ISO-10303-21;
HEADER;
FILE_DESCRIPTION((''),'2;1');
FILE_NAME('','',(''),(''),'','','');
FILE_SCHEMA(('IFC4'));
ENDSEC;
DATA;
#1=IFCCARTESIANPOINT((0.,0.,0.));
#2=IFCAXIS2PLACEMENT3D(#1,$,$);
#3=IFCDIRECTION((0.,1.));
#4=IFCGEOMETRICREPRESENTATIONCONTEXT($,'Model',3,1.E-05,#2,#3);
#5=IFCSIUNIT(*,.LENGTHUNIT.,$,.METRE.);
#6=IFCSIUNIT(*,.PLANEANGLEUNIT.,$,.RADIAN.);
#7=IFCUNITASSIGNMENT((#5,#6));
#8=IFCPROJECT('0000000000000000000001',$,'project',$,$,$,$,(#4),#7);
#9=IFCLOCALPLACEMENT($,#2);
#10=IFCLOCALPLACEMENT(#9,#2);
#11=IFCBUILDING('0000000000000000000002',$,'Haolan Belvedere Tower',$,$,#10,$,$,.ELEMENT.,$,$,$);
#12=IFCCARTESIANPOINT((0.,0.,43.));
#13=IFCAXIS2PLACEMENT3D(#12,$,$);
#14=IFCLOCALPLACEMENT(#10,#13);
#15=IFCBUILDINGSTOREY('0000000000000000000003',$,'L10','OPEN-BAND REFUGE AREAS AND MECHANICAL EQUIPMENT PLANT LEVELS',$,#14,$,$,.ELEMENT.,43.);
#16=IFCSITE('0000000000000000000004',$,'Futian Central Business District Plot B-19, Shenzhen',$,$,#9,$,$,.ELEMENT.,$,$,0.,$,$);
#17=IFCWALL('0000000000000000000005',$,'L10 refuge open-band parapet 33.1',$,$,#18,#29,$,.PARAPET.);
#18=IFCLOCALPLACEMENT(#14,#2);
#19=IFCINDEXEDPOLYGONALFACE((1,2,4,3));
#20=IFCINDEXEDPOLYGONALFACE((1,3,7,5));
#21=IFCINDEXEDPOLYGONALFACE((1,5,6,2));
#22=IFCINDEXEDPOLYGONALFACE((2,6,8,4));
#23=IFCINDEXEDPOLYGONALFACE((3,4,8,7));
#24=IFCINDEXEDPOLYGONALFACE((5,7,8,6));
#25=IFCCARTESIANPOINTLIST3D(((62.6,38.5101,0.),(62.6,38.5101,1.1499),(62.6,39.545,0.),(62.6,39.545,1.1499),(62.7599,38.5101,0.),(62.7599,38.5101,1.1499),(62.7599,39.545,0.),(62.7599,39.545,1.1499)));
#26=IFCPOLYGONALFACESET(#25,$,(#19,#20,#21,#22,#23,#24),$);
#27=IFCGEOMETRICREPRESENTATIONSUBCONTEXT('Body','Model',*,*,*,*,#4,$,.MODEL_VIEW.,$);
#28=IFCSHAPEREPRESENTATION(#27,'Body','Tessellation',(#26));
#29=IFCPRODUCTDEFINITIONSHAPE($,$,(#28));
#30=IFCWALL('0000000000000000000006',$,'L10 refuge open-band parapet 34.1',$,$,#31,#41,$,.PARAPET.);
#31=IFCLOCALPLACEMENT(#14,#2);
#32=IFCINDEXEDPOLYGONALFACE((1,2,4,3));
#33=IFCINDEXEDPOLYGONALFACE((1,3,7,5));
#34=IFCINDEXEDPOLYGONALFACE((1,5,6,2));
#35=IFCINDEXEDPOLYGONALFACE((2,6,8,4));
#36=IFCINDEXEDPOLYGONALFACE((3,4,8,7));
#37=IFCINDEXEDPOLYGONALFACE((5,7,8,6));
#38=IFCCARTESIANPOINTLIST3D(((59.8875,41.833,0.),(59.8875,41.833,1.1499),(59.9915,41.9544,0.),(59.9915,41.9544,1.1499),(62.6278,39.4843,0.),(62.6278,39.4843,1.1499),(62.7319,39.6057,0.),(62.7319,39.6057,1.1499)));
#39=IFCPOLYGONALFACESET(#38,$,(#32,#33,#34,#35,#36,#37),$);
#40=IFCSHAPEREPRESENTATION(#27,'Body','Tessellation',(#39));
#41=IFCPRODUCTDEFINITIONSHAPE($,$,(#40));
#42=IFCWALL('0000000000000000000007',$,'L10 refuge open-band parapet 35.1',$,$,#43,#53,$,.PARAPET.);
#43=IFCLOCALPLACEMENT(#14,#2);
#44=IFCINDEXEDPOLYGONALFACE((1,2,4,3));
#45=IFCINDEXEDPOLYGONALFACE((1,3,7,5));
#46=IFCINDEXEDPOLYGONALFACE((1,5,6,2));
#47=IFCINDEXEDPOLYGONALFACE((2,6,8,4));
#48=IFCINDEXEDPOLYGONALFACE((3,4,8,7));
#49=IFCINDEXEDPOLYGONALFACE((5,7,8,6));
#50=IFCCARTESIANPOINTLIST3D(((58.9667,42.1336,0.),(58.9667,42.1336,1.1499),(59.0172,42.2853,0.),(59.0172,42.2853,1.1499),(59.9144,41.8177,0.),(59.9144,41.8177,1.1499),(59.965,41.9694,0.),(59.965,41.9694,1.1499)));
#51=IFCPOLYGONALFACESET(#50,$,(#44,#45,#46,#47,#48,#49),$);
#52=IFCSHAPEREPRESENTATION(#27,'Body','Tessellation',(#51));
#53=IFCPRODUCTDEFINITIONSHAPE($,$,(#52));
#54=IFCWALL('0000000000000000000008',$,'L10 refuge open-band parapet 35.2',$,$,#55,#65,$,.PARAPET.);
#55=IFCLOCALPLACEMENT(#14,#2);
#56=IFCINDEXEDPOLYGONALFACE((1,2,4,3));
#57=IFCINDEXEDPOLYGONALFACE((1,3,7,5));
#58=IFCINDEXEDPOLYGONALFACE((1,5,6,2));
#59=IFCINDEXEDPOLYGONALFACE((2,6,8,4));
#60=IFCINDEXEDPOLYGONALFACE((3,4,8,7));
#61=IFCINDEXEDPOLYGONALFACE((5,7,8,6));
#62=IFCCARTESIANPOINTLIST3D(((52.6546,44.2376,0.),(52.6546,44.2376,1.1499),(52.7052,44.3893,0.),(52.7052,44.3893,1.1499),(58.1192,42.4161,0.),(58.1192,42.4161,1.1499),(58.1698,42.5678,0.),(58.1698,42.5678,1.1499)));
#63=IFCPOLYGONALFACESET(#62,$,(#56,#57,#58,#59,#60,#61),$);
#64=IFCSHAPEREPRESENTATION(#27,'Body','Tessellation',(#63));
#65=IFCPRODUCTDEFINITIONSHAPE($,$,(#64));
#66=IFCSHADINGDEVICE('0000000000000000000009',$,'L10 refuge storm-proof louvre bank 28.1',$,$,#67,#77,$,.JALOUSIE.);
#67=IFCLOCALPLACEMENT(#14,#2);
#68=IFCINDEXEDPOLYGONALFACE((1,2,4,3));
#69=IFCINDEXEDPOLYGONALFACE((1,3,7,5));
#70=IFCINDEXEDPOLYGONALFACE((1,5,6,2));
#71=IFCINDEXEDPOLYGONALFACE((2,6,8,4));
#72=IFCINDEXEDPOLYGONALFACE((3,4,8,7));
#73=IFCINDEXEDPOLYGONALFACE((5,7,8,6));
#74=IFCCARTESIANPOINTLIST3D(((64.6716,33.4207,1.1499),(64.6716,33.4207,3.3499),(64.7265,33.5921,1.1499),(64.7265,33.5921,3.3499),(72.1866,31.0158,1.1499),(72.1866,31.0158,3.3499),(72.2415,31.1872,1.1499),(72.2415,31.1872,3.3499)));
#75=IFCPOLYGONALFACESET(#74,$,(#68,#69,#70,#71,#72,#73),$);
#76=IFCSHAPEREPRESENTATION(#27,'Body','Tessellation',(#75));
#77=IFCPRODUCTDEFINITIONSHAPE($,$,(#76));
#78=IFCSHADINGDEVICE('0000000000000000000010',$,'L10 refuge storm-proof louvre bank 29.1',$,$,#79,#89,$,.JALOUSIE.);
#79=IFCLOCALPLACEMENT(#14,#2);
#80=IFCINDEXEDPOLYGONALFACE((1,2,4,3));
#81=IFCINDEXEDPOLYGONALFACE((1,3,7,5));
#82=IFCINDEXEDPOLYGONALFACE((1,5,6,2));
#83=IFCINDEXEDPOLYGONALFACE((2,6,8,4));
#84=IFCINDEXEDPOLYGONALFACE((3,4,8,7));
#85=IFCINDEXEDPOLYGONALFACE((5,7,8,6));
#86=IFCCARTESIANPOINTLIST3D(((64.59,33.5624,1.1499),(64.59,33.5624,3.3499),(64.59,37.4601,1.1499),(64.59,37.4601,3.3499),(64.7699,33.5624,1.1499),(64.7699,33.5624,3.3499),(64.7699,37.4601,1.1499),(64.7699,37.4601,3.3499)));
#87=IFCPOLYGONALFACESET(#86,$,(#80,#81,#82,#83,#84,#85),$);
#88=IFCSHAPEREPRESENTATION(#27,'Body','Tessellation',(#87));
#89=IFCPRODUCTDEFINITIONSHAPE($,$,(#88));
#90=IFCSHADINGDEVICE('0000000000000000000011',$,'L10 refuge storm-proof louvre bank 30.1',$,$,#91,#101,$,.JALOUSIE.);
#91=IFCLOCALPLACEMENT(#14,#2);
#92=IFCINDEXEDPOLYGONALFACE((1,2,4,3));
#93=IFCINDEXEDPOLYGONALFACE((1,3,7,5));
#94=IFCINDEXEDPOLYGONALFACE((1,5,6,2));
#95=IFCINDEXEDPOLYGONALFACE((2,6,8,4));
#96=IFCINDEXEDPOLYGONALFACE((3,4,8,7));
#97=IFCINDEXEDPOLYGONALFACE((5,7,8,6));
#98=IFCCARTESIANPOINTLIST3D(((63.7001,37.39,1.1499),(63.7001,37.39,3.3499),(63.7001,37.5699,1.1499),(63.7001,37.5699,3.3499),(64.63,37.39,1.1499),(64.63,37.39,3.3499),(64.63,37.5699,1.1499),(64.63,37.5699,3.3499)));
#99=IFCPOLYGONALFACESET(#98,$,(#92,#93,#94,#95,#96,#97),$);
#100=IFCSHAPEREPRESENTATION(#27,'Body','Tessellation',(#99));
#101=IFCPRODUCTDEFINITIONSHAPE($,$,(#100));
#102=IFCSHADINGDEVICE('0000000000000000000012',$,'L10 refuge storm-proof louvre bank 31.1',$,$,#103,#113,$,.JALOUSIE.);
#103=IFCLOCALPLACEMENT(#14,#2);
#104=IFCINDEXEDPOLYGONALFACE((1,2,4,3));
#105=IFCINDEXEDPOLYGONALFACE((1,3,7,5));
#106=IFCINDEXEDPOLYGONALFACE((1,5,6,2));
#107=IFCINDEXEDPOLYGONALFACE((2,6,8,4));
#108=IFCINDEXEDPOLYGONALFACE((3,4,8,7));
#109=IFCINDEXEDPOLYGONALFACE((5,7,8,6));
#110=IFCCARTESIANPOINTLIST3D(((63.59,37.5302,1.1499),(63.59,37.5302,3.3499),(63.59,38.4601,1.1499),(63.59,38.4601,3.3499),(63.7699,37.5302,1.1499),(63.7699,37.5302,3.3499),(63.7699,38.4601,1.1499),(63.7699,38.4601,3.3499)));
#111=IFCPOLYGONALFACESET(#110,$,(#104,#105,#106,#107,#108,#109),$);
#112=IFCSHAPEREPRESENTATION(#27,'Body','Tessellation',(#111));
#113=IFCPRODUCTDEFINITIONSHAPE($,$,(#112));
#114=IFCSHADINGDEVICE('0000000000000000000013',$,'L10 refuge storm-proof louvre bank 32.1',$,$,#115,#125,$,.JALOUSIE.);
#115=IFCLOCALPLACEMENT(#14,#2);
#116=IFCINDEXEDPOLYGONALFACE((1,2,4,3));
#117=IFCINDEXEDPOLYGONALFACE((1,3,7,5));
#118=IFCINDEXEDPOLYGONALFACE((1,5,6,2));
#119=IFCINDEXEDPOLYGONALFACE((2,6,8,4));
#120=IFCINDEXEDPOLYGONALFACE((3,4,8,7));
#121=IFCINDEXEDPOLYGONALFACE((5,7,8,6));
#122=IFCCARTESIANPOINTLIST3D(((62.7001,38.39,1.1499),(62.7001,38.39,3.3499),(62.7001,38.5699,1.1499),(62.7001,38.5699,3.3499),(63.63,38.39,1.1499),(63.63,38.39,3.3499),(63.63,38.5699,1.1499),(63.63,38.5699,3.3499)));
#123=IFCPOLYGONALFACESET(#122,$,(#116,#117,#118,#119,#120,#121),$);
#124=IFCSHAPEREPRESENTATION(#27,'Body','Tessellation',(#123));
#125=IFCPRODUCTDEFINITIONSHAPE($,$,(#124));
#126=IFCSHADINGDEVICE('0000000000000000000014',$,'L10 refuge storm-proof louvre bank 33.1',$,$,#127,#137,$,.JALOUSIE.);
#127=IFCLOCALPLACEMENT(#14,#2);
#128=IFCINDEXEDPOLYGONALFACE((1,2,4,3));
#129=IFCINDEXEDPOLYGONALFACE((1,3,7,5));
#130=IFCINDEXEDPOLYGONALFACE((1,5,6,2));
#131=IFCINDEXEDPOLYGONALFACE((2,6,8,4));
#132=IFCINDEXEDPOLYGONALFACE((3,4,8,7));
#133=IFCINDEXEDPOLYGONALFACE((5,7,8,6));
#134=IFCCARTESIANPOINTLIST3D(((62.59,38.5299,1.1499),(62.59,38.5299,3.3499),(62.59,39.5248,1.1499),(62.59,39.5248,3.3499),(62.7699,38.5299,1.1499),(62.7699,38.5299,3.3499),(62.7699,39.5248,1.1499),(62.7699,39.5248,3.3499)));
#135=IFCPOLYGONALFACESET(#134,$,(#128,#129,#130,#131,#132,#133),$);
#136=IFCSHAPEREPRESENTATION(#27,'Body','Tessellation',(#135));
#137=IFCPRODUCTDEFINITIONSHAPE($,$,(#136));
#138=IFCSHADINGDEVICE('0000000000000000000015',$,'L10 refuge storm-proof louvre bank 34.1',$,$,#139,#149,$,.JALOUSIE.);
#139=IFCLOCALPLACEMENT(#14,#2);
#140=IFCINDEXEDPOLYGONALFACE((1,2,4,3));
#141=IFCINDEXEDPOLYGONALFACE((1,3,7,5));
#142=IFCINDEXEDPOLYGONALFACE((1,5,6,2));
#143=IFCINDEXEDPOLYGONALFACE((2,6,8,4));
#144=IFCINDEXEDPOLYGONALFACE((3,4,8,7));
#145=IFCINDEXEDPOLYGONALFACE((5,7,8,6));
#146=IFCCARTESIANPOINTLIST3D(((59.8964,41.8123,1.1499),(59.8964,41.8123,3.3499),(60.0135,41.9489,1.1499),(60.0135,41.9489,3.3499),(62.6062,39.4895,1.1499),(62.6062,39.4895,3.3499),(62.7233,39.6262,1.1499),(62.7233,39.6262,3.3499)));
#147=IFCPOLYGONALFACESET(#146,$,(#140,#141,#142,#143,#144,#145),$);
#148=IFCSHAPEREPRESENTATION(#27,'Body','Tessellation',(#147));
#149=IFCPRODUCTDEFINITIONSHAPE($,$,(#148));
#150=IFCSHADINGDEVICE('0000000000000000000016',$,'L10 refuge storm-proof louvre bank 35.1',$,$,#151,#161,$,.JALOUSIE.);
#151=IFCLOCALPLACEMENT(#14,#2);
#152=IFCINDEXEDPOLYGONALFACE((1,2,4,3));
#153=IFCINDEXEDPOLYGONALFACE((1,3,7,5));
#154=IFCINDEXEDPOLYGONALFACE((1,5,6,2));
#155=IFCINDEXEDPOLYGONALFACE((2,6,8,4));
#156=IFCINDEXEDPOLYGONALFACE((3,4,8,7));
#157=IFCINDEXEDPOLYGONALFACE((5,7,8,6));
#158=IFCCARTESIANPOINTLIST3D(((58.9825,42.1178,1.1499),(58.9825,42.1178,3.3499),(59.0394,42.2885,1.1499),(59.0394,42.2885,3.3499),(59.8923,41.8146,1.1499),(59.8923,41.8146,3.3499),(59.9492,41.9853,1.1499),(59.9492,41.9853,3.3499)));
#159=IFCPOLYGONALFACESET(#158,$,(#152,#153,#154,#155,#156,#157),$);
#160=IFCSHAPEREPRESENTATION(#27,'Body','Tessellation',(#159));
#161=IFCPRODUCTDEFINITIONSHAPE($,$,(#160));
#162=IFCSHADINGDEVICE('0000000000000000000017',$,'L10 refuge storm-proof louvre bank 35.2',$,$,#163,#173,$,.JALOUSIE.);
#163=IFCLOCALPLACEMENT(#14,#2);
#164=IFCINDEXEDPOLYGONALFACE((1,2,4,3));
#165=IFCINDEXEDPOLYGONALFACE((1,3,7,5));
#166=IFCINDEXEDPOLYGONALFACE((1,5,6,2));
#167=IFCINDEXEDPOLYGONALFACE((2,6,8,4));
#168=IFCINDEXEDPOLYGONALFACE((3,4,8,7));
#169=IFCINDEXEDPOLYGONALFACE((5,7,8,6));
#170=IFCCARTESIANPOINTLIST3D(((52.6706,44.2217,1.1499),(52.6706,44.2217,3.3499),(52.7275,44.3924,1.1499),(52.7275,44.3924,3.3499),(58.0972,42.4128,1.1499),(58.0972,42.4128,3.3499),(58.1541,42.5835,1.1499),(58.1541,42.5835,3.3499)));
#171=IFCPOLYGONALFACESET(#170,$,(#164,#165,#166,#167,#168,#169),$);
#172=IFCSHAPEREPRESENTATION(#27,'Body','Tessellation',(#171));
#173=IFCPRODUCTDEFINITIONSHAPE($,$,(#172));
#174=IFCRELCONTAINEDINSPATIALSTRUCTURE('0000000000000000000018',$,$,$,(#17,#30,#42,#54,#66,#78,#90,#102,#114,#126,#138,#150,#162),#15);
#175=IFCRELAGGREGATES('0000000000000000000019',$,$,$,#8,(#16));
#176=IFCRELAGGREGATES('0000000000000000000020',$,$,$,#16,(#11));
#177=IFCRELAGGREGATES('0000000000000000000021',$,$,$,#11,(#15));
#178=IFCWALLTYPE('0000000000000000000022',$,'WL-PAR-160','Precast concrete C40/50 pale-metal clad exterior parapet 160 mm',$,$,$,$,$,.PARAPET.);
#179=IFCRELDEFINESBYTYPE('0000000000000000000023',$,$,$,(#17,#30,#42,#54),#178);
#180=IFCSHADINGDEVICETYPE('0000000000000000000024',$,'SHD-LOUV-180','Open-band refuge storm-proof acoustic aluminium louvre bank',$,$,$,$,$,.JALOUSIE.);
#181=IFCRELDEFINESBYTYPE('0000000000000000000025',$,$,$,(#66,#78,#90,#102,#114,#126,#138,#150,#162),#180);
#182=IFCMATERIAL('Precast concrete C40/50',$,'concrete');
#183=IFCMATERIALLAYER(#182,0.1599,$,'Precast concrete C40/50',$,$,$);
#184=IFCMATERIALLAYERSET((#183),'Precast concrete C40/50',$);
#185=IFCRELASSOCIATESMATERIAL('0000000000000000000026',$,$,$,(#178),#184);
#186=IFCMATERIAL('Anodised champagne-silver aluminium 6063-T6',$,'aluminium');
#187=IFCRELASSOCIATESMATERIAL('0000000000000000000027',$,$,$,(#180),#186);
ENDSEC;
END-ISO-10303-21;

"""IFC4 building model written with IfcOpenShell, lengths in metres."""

from ifc_helpers import new_model, si_unit, direction, frame, frame_2d, origin, origin_2d, place, context, subcontext, project, spatial, rectangle, extrude, material, layer, layer_set, type_object, element, save


model = new_model("IFC4")

# Units and contexts
model_context = context("Model", 3, precision=1e-05, world=origin(), true_north=direction((0.0, 1.0)))
body_context = subcontext(model_context, "Body", "Model", "MODEL_VIEW")
ifc_project = project(units=[si_unit("LENGTHUNIT", "METRE"), si_unit("PLANEANGLEUNIT", "RADIAN")], contexts=[model_context])

# Site, building, storey
site_placement = place(None, origin())
site = spatial("IfcSite", under=ifc_project, at=site_placement, Name="Futian Central Business District Plot B-19, Shenzhen", CompositionType="ELEMENT", RefElevation=0.0)
building_placement = place(site_placement, origin())
building = spatial("IfcBuilding", under=site, at=building_placement, Name="Haolan Belvedere Tower", CompositionType="ELEMENT")
storey_placement = place(building_placement, frame((0.0, 0.0, 43.0)))
storey = spatial("IfcBuildingStorey", under=building, at=storey_placement, Name="L10", Description="OPEN-BAND REFUGE AREAS AND MECHANICAL EQUIPMENT PLANT LEVELS", CompositionType="ELEMENT", Elevation=43.0)

# Walls
ifc_material_1 = material(Name="Precast concrete C40/50", Category="concrete")
ifc_layer_1 = layer(ifc_material_1, 0.1599, Name="Precast concrete C40/50")
ifc_layer_set_1 = layer_set([ifc_layer_1], Name="Precast concrete C40/50")
wall_type_1 = type_object("IfcWallType", Name="WL-PAR-160", Description="Precast concrete C40/50 pale-metal clad exterior parapet 160 mm", PredefinedType="PARAPET", material=ifc_layer_set_1)
wall_1_placement = place(storey_placement, frame((62.6799, 38.51, 0.0), z_axis=(0.0, 0.0, 1.0), x_axis=(0.0, 1.0, 0.0)))
element("IfcWall", 1, at=wall_1_placement, inside=storey, type_object=wall_type_1, Name="L10 refuge open-band parapet 33.1", PredefinedType="PARAPET", context=body_context, shape_type="SweptSolid", body=[
    extrude(rectangle(XDim=1.0349, YDim=0.1599, at=frame_2d((0.5176, 0.0))), origin(), (0.0, 0.0, 1.0), 1.1499),
])
wall_2_placement = place(storey_placement, frame((62.6799, 39.5449, 0.0), z_axis=(0.0, 0.0, 1.0), x_axis=(-0.759276, 0.650769, 0.0)))
element("IfcWall", 2, at=wall_2_placement, inside=storey, type_object=wall_type_1, Name="L10 refuge open-band parapet 34.1", PredefinedType="PARAPET", context=body_context, shape_type="SweptSolid", body=[
    extrude(rectangle(XDim=3.6091, YDim=0.1599, at=frame_2d((1.8047, 0.0))), origin(), (0.0, 0.0, 1.0), 1.1499),
])
wall_3_placement = place(storey_placement, frame((59.9397, 41.8936, 0.0), z_axis=(0.0, 0.0, 1.0), x_axis=(-0.948683, 0.316228, 0.0)))
element("IfcWall", 3, at=wall_3_placement, inside=storey, type_object=wall_type_1, Name="L10 refuge open-band parapet 35.1", PredefinedType="PARAPET", context=body_context, shape_type="SweptSolid", body=[
    extrude(rectangle(XDim=0.999, YDim=0.1599, at=frame_2d((0.4995, 0.0))), origin(), (0.0, 0.0, 1.0), 1.1499),
])
wall_4_placement = place(storey_placement, frame((58.1445, 42.4919, 0.0), z_axis=(0.0, 0.0, 1.0), x_axis=(-0.948683, 0.316228, 0.0)))
element("IfcWall", 4, at=wall_4_placement, inside=storey, type_object=wall_type_1, Name="L10 refuge open-band parapet 35.2", PredefinedType="PARAPET", context=body_context, shape_type="SweptSolid", body=[
    extrude(rectangle(XDim=5.7603, YDim=0.1599, at=frame_2d((2.8801, 0.0))), origin(), (0.0, 0.0, 1.0), 1.1499),
])

# Shading devices
ifc_material_2 = material(Name="Anodised champagne-silver aluminium 6063-T6", Category="aluminium")
shading_device_type = type_object("IfcShadingDeviceType", Name="SHD-LOUV-180", Description="Open-band refuge storm-proof acoustic aluminium louvre bank", PredefinedType="JALOUSIE", material=ifc_material_2)
shading_device_1_placement = place(storey_placement, frame((68.4565, 32.304, 1.1499), z_axis=(0.0, 0.0, 1.0), x_axis=(-0.952422, 0.304781, 0.0)))
element("IfcShadingDevice", 5, at=shading_device_1_placement, inside=storey, type_object=shading_device_type, Name="L10 refuge storm-proof louvre bank 28.1", PredefinedType="JALOUSIE", context=body_context, shape_type="SweptSolid", body=[
    extrude(rectangle(XDim=7.8904, YDim=0.1799, at=origin_2d()), origin(), (0.0, 0.0, 1.0), 2.2),
])
shading_device_2_placement = place(storey_placement, frame((64.6799, 35.5112, 1.1499), z_axis=(0.0, 0.0, 1.0), x_axis=(0.0, 1.0, 0.0)))
element("IfcShadingDevice", 6, at=shading_device_2_placement, inside=storey, type_object=shading_device_type, Name="L10 refuge storm-proof louvre bank 29.1", PredefinedType="JALOUSIE", context=body_context, shape_type="SweptSolid", body=[
    extrude(rectangle(XDim=3.8977, YDim=0.1799, at=origin_2d()), origin(), (0.0, 0.0, 1.0), 2.2),
])
for number, where, z_axis, x_axis, name in (
    (7, (64.165, 37.48, 1.1499), (0.0, 0.0, 1.0), (-1.0, 0.0, 0.0), "L10 refuge storm-proof louvre bank 30.1"),
    (8, (63.6799, 37.9951, 1.1499), (0.0, 0.0, 1.0), (0.0, 1.0, 0.0), "L10 refuge storm-proof louvre bank 31.1"),
    (9, (63.165, 38.48, 1.1499), (0.0, 0.0, 1.0), (-1.0, 0.0, 0.0), "L10 refuge storm-proof louvre bank 32.1"),
):
    element("IfcShadingDevice", number, at=place(storey_placement, frame(where, z_axis=z_axis, x_axis=x_axis)), inside=storey, type_object=shading_device_type, Name=name, PredefinedType="JALOUSIE", context=body_context, shape_type="SweptSolid", body=[
        extrude(rectangle(XDim=0.9299, YDim=0.1799, at=origin_2d()), origin(), (0.0, 0.0, 1.0), 2.2),
    ])
shading_device_3_placement = place(storey_placement, frame((62.6799, 39.0273, 1.1499), z_axis=(0.0, 0.0, 1.0), x_axis=(0.0, 1.0, 0.0)))
element("IfcShadingDevice", 10, at=shading_device_3_placement, inside=storey, type_object=shading_device_type, Name="L10 refuge storm-proof louvre bank 33.1", PredefinedType="JALOUSIE", context=body_context, shape_type="SweptSolid", body=[
    extrude(rectangle(XDim=0.9949, YDim=0.1799, at=origin_2d()), origin(), (0.0, 0.0, 1.0), 2.2),
])
shading_device_4_placement = place(storey_placement, frame((61.3098, 40.7192, 1.1499), z_axis=(0.0, 0.0, 1.0), x_axis=(-0.759249, 0.650801, 0.0)))
element("IfcShadingDevice", 11, at=shading_device_4_placement, inside=storey, type_object=shading_device_type, Name="L10 refuge storm-proof louvre bank 34.1", PredefinedType="JALOUSIE", context=body_context, shape_type="SweptSolid", body=[
    extrude(rectangle(XDim=3.5691, YDim=0.1799, at=origin_2d()), origin(), (0.0, 0.0, 1.0), 2.2),
])
shading_device_5_placement = place(storey_placement, frame((59.4658, 42.0515, 1.1499), z_axis=(0.0, 0.0, 1.0), x_axis=(-0.948694, 0.316195, 0.0)))
element("IfcShadingDevice", 12, at=shading_device_5_placement, inside=storey, type_object=shading_device_type, Name="L10 refuge storm-proof louvre bank 35.1", PredefinedType="JALOUSIE", context=body_context, shape_type="SweptSolid", body=[
    extrude(rectangle(XDim=0.959, YDim=0.1799, at=origin_2d()), origin(), (0.0, 0.0, 1.0), 2.2),
])
shading_device_6_placement = place(storey_placement, frame((55.4124, 43.4026, 1.1499), z_axis=(0.0, 0.0, 1.0), x_axis=(-0.948683, 0.316229, 0.0)))
element("IfcShadingDevice", 13, at=shading_device_6_placement, inside=storey, type_object=shading_device_type, Name="L10 refuge storm-proof louvre bank 35.2", PredefinedType="JALOUSIE", context=body_context, shape_type="SweptSolid", body=[
    extrude(rectangle(XDim=5.7202, YDim=0.1799, at=origin_2d()), origin(), (0.0, 0.0, 1.0), 2.2),
])

save(model, "model.ifc")
